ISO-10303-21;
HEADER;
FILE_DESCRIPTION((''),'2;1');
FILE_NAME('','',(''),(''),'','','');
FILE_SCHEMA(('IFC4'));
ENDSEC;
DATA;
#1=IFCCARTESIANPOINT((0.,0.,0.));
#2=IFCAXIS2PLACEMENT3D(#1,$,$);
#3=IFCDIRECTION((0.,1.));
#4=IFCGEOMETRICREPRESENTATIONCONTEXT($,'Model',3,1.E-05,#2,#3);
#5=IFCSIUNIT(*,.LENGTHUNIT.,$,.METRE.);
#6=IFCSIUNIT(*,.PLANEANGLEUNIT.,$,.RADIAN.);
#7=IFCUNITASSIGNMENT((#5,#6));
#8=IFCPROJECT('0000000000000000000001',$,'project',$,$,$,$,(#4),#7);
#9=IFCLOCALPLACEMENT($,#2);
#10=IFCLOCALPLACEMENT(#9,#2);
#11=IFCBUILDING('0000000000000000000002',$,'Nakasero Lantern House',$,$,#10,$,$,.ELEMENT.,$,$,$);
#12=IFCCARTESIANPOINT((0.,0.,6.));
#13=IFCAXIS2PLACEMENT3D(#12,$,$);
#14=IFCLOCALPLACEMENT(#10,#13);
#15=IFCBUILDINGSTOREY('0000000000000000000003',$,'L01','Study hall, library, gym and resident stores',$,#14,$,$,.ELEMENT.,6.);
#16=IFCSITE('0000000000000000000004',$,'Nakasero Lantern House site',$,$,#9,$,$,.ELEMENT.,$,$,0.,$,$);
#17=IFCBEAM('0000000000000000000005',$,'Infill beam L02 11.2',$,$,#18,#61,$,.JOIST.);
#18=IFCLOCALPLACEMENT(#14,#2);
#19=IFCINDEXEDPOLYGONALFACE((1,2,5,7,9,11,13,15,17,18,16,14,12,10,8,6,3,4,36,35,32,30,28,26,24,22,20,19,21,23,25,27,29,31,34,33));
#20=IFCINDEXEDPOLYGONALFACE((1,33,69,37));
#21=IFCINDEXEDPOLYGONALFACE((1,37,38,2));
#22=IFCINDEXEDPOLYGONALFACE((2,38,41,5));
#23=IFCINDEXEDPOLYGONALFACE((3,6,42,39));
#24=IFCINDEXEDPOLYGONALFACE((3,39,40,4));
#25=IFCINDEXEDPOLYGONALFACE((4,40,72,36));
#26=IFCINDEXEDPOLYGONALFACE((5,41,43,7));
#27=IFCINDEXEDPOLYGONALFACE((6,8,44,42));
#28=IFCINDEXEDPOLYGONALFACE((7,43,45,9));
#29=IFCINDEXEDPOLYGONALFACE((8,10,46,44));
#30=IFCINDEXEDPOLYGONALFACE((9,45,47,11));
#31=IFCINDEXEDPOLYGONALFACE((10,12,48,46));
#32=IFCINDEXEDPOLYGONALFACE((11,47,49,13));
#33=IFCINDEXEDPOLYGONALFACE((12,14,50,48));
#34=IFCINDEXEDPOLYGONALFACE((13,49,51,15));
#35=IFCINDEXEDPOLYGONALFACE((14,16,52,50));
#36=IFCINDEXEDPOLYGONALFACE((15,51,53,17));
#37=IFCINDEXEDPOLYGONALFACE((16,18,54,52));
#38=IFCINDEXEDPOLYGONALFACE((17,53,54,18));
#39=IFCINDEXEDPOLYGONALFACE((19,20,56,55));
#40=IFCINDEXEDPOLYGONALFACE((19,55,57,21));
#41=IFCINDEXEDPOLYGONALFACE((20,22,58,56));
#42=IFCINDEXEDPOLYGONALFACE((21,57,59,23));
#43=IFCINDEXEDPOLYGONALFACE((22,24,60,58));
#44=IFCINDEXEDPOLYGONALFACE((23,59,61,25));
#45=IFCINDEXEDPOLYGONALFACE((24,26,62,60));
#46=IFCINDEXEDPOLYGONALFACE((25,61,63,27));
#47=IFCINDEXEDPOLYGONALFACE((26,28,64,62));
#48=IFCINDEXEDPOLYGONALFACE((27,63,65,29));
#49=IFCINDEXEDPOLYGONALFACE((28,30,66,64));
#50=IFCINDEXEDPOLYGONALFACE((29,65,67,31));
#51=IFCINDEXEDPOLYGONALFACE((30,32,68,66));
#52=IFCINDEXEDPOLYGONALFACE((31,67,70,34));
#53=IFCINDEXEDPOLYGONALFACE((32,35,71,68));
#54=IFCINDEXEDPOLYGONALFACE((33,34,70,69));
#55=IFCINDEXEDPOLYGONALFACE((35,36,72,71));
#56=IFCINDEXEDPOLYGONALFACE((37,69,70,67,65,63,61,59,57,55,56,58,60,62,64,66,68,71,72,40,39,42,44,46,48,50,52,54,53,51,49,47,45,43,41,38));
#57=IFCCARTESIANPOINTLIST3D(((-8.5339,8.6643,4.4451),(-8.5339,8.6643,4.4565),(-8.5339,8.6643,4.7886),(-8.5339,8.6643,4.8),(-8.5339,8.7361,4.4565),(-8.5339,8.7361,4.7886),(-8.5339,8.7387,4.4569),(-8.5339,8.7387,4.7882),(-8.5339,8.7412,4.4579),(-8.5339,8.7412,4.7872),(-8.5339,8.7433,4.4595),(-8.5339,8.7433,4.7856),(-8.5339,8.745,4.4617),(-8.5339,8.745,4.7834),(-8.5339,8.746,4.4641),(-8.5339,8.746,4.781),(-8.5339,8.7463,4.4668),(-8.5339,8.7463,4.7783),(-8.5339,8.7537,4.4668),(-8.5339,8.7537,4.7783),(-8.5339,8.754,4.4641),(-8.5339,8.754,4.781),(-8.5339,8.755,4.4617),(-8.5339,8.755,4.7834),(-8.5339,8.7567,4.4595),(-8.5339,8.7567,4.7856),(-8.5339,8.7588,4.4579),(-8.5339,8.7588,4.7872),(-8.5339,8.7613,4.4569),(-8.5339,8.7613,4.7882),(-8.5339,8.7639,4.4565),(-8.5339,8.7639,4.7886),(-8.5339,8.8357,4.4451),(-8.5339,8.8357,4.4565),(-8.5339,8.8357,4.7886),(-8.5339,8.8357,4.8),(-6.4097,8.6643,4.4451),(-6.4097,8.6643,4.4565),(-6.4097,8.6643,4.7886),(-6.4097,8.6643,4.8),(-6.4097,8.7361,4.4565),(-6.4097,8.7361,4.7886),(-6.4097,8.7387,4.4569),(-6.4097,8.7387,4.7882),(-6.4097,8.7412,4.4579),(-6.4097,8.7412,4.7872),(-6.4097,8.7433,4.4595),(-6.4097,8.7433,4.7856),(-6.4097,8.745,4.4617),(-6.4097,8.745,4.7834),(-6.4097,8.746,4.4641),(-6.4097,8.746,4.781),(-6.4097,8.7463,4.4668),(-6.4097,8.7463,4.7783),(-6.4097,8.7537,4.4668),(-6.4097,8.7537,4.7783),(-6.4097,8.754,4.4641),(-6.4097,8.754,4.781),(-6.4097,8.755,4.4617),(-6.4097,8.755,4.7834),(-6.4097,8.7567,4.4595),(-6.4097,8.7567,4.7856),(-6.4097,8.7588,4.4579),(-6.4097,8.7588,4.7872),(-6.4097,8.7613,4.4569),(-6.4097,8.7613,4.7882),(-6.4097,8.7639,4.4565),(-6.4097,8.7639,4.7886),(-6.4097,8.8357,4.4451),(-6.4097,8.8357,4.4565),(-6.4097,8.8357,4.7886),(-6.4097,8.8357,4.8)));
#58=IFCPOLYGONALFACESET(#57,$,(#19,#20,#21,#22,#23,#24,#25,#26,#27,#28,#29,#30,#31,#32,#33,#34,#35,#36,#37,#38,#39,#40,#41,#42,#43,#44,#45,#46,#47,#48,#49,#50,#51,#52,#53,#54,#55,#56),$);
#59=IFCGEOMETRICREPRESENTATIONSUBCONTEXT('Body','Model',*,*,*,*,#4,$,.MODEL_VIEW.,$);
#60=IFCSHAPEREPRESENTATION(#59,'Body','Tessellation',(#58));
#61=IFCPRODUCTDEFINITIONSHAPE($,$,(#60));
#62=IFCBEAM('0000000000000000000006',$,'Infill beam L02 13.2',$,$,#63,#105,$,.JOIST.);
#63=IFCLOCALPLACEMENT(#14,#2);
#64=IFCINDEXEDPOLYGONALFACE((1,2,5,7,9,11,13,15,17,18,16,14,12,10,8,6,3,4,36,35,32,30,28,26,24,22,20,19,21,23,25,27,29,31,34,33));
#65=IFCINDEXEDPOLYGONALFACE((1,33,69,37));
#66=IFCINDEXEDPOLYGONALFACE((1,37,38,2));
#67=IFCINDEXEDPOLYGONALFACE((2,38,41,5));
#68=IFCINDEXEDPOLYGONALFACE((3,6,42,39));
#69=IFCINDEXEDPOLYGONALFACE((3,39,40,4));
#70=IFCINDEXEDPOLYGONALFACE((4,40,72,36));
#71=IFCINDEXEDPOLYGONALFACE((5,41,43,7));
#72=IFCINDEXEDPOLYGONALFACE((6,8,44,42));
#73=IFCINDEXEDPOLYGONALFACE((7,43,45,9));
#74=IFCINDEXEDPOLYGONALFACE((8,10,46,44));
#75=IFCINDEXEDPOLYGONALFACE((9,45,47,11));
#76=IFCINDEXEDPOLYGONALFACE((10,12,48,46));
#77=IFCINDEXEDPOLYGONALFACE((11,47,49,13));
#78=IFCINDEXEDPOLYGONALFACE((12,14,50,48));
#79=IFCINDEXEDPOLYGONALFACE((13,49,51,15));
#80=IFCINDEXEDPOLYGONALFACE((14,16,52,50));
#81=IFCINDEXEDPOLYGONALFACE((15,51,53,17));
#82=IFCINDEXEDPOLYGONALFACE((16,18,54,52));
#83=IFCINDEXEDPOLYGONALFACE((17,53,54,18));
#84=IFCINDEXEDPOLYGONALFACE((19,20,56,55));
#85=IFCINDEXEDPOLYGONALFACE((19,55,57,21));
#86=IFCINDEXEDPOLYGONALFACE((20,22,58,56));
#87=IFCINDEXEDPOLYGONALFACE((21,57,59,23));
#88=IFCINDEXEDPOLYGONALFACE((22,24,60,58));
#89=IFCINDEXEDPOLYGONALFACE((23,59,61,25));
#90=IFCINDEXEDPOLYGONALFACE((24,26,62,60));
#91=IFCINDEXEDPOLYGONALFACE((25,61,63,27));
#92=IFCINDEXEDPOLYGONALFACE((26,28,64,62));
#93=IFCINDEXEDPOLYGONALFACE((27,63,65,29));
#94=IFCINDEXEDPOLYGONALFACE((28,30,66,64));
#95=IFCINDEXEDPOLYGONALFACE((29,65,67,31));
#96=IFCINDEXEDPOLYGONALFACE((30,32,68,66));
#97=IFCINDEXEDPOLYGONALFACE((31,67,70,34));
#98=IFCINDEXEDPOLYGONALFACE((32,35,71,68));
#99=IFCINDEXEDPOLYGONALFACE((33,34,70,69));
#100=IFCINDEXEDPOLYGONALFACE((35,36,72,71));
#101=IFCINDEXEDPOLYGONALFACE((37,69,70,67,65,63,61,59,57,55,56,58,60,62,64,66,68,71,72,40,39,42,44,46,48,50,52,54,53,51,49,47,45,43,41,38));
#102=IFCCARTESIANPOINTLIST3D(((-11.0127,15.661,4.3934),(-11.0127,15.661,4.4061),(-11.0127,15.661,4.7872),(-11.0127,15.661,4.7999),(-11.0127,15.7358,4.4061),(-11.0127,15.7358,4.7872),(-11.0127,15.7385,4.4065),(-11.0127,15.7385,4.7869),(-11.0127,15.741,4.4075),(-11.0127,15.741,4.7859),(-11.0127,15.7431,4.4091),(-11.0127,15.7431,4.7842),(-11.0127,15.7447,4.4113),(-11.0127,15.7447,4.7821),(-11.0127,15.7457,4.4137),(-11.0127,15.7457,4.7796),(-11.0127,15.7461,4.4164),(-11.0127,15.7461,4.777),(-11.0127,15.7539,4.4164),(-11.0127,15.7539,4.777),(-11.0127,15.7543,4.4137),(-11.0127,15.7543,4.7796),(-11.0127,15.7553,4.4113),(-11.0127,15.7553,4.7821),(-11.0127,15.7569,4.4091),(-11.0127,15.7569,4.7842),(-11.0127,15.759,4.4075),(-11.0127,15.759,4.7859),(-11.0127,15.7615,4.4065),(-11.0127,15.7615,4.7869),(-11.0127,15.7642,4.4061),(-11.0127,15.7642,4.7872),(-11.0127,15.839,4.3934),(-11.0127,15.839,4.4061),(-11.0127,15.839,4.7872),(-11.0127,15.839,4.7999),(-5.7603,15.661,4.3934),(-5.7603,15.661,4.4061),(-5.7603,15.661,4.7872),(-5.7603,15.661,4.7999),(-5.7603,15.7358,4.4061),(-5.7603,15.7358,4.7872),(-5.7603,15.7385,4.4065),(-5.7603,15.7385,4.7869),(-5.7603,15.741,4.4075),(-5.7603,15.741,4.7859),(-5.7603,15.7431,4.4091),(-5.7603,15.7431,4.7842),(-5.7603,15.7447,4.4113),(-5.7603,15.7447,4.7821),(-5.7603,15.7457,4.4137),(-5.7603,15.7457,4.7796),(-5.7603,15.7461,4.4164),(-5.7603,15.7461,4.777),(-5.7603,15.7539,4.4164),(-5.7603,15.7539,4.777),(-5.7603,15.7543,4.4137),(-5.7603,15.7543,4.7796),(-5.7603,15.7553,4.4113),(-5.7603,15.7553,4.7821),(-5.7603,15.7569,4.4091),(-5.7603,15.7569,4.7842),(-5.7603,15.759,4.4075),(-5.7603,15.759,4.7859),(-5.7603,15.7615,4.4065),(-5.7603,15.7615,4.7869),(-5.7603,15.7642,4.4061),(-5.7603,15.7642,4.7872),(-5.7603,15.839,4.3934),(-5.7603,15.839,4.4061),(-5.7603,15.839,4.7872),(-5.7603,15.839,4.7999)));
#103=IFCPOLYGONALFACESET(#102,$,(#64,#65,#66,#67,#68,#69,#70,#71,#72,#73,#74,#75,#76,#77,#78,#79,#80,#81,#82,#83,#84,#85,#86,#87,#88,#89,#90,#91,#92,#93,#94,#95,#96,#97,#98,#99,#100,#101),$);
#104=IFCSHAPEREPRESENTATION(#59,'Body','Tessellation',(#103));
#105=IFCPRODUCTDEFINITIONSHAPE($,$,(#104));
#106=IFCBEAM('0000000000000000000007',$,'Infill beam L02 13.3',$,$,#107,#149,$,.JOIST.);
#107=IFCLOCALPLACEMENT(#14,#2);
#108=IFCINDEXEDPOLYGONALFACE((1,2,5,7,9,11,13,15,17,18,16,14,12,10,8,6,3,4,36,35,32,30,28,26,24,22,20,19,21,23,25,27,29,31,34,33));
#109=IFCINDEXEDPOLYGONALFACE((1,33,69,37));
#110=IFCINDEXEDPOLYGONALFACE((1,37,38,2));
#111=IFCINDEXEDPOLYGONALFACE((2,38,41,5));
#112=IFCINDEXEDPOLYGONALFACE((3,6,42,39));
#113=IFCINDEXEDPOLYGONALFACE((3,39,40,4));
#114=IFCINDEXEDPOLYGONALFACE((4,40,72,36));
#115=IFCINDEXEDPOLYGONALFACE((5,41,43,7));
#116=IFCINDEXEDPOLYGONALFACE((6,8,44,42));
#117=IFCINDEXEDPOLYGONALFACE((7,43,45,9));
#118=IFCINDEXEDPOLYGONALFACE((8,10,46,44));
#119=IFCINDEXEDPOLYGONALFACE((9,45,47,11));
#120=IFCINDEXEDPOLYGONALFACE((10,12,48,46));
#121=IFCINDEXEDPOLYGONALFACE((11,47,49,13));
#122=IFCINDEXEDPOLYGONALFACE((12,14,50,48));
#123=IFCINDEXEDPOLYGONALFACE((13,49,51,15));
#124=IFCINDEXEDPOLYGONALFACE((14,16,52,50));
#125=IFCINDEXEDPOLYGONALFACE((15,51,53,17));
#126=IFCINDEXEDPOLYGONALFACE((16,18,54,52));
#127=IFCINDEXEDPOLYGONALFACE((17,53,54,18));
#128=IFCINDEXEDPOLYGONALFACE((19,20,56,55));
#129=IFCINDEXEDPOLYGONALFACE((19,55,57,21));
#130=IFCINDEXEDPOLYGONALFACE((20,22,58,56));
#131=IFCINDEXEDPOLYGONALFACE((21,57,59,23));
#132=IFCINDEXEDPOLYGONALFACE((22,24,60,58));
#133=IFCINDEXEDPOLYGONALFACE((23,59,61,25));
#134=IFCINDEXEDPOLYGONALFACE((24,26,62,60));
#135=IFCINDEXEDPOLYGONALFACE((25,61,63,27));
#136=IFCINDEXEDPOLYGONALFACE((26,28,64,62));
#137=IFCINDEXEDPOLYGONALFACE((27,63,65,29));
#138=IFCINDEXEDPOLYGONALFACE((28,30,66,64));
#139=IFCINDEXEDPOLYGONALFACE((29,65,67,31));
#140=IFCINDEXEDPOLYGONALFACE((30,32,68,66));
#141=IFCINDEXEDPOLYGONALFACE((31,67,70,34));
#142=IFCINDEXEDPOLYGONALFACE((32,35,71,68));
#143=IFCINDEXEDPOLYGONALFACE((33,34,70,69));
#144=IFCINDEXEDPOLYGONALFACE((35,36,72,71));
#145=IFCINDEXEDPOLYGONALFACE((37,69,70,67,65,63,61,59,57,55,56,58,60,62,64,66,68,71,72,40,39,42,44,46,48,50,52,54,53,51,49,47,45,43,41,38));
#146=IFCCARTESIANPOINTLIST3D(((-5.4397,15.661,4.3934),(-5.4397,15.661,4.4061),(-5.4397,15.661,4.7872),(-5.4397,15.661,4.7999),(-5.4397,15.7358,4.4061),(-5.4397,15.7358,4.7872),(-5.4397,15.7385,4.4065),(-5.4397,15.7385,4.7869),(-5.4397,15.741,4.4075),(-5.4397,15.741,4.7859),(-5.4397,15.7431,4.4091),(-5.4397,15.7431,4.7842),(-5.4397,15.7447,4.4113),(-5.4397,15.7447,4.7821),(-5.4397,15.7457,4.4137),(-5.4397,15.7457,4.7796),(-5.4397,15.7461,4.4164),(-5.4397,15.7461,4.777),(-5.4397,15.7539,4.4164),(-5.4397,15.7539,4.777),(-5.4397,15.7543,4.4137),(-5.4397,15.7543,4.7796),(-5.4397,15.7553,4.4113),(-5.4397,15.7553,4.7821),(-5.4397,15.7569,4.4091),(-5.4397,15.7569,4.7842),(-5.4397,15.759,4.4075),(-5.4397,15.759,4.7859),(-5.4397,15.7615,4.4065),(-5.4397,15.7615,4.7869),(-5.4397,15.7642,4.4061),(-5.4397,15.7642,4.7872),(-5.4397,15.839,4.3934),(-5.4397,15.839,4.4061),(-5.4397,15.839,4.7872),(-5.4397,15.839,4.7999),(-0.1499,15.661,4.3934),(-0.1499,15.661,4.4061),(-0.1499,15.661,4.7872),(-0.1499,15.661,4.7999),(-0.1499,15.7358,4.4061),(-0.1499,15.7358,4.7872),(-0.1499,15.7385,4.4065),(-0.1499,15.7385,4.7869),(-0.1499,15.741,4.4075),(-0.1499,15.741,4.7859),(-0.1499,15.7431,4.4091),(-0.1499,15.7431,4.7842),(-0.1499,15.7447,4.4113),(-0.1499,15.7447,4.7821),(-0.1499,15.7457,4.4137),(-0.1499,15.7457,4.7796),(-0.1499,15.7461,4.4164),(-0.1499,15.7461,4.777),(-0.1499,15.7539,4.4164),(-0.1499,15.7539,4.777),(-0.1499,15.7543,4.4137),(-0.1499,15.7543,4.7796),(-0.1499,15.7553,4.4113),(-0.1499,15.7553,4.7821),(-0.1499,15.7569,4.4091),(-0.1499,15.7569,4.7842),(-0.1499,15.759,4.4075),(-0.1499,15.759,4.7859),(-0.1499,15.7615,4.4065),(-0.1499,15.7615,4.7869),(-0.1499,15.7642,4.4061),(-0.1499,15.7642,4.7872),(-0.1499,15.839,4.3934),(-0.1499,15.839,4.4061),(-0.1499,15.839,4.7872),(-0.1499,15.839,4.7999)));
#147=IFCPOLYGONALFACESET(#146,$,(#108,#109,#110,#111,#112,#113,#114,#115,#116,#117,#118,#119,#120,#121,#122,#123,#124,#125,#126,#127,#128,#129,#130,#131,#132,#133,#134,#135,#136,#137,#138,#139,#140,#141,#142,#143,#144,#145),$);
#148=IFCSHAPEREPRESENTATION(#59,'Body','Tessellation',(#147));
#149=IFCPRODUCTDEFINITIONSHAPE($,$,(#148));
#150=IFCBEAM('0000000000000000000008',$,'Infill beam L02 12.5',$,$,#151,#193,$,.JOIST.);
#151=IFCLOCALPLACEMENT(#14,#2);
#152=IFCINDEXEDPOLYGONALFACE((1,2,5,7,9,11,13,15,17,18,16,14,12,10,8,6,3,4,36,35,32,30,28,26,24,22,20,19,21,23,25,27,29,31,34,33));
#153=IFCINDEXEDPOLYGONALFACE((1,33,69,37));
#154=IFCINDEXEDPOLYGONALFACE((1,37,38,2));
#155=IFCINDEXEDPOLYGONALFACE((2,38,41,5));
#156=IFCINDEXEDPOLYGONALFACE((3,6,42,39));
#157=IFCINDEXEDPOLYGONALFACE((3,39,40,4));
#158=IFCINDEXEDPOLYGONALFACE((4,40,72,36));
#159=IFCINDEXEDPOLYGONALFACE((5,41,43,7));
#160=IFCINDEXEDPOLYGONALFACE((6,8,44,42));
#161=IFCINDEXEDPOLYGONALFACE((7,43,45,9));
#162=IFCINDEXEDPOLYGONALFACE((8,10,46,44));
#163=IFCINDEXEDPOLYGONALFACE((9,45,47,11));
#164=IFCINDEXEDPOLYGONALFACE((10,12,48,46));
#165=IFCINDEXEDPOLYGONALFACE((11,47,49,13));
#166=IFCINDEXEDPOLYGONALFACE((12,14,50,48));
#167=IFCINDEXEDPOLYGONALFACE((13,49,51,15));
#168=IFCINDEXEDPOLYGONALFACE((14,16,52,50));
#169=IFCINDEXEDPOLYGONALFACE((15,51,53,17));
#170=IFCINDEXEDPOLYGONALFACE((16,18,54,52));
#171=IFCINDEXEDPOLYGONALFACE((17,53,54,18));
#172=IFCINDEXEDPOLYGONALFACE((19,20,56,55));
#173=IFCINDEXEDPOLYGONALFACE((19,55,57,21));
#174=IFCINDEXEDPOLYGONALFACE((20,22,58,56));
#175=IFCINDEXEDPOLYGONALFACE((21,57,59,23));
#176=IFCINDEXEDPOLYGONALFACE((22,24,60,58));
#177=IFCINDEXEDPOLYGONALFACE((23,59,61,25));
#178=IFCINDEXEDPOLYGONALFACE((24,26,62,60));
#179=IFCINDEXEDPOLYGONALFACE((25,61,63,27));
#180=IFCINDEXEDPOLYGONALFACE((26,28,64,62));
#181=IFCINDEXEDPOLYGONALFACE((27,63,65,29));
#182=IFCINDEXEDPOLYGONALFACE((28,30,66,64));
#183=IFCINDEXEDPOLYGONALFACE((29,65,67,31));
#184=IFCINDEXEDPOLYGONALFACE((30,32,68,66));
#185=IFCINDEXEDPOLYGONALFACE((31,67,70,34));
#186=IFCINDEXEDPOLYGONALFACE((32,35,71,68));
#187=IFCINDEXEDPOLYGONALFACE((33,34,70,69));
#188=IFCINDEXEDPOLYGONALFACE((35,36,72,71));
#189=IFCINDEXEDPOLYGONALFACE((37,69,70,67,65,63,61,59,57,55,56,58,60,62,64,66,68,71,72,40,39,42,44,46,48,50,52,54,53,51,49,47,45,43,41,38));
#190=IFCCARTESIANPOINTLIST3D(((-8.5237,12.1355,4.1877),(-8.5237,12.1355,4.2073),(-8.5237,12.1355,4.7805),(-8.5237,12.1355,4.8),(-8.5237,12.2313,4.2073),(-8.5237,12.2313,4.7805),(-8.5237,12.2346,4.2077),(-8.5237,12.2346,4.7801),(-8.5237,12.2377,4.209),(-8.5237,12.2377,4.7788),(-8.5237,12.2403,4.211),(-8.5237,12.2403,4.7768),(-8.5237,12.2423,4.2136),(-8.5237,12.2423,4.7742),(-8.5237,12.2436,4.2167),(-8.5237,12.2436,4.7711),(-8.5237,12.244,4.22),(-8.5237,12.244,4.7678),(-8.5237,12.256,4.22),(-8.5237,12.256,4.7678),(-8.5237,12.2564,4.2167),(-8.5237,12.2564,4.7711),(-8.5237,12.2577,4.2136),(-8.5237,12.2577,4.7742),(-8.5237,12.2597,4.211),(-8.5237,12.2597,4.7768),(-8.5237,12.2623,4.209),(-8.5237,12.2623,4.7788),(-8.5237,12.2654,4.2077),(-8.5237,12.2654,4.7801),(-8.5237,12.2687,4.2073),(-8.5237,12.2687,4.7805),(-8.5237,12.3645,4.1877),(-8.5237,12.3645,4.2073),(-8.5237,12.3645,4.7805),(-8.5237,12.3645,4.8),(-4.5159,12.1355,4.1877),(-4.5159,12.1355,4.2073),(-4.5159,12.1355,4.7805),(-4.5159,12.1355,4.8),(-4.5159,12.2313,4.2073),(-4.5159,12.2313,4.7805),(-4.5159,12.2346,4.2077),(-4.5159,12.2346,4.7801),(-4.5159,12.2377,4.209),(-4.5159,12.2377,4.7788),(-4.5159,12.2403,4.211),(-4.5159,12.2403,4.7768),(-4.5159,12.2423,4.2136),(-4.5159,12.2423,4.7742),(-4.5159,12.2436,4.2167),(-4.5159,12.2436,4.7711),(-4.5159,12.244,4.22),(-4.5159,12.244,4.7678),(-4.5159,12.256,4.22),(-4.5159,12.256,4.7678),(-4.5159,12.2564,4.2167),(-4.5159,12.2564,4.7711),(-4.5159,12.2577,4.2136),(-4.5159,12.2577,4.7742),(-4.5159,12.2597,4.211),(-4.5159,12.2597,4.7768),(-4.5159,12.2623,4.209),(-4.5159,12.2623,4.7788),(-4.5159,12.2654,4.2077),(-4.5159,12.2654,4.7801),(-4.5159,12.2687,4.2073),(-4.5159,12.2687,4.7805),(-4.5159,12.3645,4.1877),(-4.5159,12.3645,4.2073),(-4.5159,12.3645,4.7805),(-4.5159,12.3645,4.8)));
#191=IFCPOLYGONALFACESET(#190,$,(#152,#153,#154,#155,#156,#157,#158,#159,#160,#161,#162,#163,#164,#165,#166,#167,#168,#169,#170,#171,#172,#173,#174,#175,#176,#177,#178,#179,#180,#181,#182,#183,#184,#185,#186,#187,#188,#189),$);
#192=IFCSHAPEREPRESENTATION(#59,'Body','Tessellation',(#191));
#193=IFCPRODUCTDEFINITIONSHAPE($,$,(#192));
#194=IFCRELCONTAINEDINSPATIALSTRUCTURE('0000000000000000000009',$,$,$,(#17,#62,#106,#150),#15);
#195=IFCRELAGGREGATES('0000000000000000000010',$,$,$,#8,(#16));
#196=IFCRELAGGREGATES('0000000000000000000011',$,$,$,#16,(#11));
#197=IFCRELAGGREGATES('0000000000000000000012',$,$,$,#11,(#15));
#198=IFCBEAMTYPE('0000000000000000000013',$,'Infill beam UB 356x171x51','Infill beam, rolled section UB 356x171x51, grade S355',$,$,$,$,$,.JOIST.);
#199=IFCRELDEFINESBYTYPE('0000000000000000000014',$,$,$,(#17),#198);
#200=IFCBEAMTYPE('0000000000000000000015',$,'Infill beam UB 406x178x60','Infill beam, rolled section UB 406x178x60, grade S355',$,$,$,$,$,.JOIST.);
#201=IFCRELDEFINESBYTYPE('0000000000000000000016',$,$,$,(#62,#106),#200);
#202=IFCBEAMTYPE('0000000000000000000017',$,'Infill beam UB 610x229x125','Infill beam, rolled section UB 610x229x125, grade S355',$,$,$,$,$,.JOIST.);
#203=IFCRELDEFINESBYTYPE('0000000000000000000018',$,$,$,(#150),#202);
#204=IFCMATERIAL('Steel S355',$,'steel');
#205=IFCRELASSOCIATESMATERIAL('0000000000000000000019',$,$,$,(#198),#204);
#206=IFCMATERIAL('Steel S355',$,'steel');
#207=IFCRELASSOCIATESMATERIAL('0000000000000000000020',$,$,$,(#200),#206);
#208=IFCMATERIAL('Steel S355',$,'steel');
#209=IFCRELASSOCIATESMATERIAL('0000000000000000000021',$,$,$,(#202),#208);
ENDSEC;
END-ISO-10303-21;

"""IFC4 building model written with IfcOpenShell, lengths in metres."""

from ifc_helpers import new_model, si_unit, direction, frame, origin, origin_2d, place, context, subcontext, project, spatial, i_section, extrude, material, material_profile, profile_set, type_object, element, save


model = new_model("IFC4")

# Units and contexts
model_context = context("Model", 3, precision=1e-05, world=origin(), true_north=direction((0.0, 1.0)))
body_context = subcontext(model_context, "Body", "Model", "MODEL_VIEW")
ifc_project = project(units=[si_unit("LENGTHUNIT", "METRE"), si_unit("PLANEANGLEUNIT", "RADIAN")], contexts=[model_context])

# Site, building, storey
site_placement = place(None, origin())
site = spatial("IfcSite", under=ifc_project, at=site_placement, Name="Nakasero Lantern House site", CompositionType="ELEMENT", RefElevation=0.0)
building_placement = place(site_placement, origin())
building = spatial("IfcBuilding", under=site, at=building_placement, Name="Nakasero Lantern House", CompositionType="ELEMENT")
storey_placement = place(building_placement, frame((0.0, 0.0, 6.0)))
storey = spatial("IfcBuildingStorey", under=building, at=storey_placement, Name="L01", Description="Study hall, library, gym and resident stores", CompositionType="ELEMENT", Elevation=6.0)

# Beams
ifc_material_1 = material(Name="Steel S355", Category="steel")
ifc_material_profile_1 = material_profile(ifc_material_1, i_section(OverallWidth=0.1714, OverallDepth=0.355, WebThickness=0.0073, FlangeThickness=0.0115, FilletRadius=0.0103, at=origin_2d()), Name="UB 356x171x51")
ifc_profile_set_1 = profile_set([ifc_material_profile_1], Name="Steel S355")
beam_type_1 = type_object("IfcBeamType", Name="Infill beam UB 356x171x51", Description="Infill beam, rolled section UB 356x171x51, grade S355", PredefinedType="JOIST", material=ifc_profile_set_1)
beam_1_placement = place(storey_placement, frame((-8.5339, 8.75, 4.6226), z_axis=(1.0, 0.0, 0.0), x_axis=(0.0, 1.0, 0.0)))
element("IfcBeam", 1, at=beam_1_placement, inside=storey, type_object=beam_type_1, Name="Infill beam L02 11.2", PredefinedType="JOIST", context=body_context, shape_type="SweptSolid", body=[
    extrude(i_section(OverallWidth=0.1714, OverallDepth=0.355, WebThickness=0.0073, FlangeThickness=0.0115, FilletRadius=0.0103, at=origin_2d()), origin(), (0.0, 0.0, 1.0), 2.1243),
])
ifc_material_2 = material(Name="Steel S355", Category="steel")
ifc_material_profile_2 = material_profile(ifc_material_2, i_section(OverallWidth=0.178, OverallDepth=0.4065, WebThickness=0.0078, FlangeThickness=0.0127, FilletRadius=0.0103, at=origin_2d()), Name="UB 406x178x60")
ifc_profile_set_2 = profile_set([ifc_material_profile_2], Name="Steel S355")
beam_type_2 = type_object("IfcBeamType", Name="Infill beam UB 406x178x60", Description="Infill beam, rolled section UB 406x178x60, grade S355", PredefinedType="JOIST", material=ifc_profile_set_2)
beam_2_placement = place(storey_placement, frame((-11.0127, 15.75, 4.5967), z_axis=(1.0, 0.0, 0.0), x_axis=(0.0, 1.0, 0.0)))
element("IfcBeam", 2, at=beam_2_placement, inside=storey, type_object=beam_type_2, Name="Infill beam L02 13.2", PredefinedType="JOIST", context=body_context, shape_type="SweptSolid", body=[
    extrude(i_section(OverallWidth=0.178, OverallDepth=0.4065, WebThickness=0.0078, FlangeThickness=0.0127, FilletRadius=0.0103, at=origin_2d()), origin(), (0.0, 0.0, 1.0), 5.2524),
])
beam_3_placement = place(storey_placement, frame((-5.4397, 15.75, 4.5967), z_axis=(1.0, 0.0, 0.0), x_axis=(0.0, 1.0, 0.0)))
element("IfcBeam", 3, at=beam_3_placement, inside=storey, type_object=beam_type_2, Name="Infill beam L02 13.3", PredefinedType="JOIST", context=body_context, shape_type="SweptSolid", body=[
    extrude(i_section(OverallWidth=0.178, OverallDepth=0.4065, WebThickness=0.0078, FlangeThickness=0.0127, FilletRadius=0.0103, at=origin_2d()), origin(), (0.0, 0.0, 1.0), 5.2898),
])
ifc_material_3 = material(Name="Steel S355", Category="steel")
ifc_material_profile_3 = material_profile(ifc_material_3, i_section(OverallWidth=0.229, OverallDepth=0.6123, WebThickness=0.012, FlangeThickness=0.0195, FilletRadius=0.0127, at=origin_2d()), Name="UB 610x229x125")
ifc_profile_set_3 = profile_set([ifc_material_profile_3], Name="Steel S355")
beam_type_3 = type_object("IfcBeamType", Name="Infill beam UB 610x229x125", Description="Infill beam, rolled section UB 610x229x125, grade S355", PredefinedType="JOIST", material=ifc_profile_set_3)
beam_4_placement = place(storey_placement, frame((-8.5237, 12.25, 4.4939), z_axis=(1.0, 0.0, 0.0), x_axis=(0.0, 1.0, 0.0)))
element("IfcBeam", 4, at=beam_4_placement, inside=storey, type_object=beam_type_3, Name="Infill beam L02 12.5", PredefinedType="JOIST", context=body_context, shape_type="SweptSolid", body=[
    extrude(i_section(OverallWidth=0.229, OverallDepth=0.6123, WebThickness=0.012, FlangeThickness=0.0195, FilletRadius=0.0127, at=origin_2d()), origin(), (0.0, 0.0, 1.0), 4.0078),
])

save(model, "model.ifc")
